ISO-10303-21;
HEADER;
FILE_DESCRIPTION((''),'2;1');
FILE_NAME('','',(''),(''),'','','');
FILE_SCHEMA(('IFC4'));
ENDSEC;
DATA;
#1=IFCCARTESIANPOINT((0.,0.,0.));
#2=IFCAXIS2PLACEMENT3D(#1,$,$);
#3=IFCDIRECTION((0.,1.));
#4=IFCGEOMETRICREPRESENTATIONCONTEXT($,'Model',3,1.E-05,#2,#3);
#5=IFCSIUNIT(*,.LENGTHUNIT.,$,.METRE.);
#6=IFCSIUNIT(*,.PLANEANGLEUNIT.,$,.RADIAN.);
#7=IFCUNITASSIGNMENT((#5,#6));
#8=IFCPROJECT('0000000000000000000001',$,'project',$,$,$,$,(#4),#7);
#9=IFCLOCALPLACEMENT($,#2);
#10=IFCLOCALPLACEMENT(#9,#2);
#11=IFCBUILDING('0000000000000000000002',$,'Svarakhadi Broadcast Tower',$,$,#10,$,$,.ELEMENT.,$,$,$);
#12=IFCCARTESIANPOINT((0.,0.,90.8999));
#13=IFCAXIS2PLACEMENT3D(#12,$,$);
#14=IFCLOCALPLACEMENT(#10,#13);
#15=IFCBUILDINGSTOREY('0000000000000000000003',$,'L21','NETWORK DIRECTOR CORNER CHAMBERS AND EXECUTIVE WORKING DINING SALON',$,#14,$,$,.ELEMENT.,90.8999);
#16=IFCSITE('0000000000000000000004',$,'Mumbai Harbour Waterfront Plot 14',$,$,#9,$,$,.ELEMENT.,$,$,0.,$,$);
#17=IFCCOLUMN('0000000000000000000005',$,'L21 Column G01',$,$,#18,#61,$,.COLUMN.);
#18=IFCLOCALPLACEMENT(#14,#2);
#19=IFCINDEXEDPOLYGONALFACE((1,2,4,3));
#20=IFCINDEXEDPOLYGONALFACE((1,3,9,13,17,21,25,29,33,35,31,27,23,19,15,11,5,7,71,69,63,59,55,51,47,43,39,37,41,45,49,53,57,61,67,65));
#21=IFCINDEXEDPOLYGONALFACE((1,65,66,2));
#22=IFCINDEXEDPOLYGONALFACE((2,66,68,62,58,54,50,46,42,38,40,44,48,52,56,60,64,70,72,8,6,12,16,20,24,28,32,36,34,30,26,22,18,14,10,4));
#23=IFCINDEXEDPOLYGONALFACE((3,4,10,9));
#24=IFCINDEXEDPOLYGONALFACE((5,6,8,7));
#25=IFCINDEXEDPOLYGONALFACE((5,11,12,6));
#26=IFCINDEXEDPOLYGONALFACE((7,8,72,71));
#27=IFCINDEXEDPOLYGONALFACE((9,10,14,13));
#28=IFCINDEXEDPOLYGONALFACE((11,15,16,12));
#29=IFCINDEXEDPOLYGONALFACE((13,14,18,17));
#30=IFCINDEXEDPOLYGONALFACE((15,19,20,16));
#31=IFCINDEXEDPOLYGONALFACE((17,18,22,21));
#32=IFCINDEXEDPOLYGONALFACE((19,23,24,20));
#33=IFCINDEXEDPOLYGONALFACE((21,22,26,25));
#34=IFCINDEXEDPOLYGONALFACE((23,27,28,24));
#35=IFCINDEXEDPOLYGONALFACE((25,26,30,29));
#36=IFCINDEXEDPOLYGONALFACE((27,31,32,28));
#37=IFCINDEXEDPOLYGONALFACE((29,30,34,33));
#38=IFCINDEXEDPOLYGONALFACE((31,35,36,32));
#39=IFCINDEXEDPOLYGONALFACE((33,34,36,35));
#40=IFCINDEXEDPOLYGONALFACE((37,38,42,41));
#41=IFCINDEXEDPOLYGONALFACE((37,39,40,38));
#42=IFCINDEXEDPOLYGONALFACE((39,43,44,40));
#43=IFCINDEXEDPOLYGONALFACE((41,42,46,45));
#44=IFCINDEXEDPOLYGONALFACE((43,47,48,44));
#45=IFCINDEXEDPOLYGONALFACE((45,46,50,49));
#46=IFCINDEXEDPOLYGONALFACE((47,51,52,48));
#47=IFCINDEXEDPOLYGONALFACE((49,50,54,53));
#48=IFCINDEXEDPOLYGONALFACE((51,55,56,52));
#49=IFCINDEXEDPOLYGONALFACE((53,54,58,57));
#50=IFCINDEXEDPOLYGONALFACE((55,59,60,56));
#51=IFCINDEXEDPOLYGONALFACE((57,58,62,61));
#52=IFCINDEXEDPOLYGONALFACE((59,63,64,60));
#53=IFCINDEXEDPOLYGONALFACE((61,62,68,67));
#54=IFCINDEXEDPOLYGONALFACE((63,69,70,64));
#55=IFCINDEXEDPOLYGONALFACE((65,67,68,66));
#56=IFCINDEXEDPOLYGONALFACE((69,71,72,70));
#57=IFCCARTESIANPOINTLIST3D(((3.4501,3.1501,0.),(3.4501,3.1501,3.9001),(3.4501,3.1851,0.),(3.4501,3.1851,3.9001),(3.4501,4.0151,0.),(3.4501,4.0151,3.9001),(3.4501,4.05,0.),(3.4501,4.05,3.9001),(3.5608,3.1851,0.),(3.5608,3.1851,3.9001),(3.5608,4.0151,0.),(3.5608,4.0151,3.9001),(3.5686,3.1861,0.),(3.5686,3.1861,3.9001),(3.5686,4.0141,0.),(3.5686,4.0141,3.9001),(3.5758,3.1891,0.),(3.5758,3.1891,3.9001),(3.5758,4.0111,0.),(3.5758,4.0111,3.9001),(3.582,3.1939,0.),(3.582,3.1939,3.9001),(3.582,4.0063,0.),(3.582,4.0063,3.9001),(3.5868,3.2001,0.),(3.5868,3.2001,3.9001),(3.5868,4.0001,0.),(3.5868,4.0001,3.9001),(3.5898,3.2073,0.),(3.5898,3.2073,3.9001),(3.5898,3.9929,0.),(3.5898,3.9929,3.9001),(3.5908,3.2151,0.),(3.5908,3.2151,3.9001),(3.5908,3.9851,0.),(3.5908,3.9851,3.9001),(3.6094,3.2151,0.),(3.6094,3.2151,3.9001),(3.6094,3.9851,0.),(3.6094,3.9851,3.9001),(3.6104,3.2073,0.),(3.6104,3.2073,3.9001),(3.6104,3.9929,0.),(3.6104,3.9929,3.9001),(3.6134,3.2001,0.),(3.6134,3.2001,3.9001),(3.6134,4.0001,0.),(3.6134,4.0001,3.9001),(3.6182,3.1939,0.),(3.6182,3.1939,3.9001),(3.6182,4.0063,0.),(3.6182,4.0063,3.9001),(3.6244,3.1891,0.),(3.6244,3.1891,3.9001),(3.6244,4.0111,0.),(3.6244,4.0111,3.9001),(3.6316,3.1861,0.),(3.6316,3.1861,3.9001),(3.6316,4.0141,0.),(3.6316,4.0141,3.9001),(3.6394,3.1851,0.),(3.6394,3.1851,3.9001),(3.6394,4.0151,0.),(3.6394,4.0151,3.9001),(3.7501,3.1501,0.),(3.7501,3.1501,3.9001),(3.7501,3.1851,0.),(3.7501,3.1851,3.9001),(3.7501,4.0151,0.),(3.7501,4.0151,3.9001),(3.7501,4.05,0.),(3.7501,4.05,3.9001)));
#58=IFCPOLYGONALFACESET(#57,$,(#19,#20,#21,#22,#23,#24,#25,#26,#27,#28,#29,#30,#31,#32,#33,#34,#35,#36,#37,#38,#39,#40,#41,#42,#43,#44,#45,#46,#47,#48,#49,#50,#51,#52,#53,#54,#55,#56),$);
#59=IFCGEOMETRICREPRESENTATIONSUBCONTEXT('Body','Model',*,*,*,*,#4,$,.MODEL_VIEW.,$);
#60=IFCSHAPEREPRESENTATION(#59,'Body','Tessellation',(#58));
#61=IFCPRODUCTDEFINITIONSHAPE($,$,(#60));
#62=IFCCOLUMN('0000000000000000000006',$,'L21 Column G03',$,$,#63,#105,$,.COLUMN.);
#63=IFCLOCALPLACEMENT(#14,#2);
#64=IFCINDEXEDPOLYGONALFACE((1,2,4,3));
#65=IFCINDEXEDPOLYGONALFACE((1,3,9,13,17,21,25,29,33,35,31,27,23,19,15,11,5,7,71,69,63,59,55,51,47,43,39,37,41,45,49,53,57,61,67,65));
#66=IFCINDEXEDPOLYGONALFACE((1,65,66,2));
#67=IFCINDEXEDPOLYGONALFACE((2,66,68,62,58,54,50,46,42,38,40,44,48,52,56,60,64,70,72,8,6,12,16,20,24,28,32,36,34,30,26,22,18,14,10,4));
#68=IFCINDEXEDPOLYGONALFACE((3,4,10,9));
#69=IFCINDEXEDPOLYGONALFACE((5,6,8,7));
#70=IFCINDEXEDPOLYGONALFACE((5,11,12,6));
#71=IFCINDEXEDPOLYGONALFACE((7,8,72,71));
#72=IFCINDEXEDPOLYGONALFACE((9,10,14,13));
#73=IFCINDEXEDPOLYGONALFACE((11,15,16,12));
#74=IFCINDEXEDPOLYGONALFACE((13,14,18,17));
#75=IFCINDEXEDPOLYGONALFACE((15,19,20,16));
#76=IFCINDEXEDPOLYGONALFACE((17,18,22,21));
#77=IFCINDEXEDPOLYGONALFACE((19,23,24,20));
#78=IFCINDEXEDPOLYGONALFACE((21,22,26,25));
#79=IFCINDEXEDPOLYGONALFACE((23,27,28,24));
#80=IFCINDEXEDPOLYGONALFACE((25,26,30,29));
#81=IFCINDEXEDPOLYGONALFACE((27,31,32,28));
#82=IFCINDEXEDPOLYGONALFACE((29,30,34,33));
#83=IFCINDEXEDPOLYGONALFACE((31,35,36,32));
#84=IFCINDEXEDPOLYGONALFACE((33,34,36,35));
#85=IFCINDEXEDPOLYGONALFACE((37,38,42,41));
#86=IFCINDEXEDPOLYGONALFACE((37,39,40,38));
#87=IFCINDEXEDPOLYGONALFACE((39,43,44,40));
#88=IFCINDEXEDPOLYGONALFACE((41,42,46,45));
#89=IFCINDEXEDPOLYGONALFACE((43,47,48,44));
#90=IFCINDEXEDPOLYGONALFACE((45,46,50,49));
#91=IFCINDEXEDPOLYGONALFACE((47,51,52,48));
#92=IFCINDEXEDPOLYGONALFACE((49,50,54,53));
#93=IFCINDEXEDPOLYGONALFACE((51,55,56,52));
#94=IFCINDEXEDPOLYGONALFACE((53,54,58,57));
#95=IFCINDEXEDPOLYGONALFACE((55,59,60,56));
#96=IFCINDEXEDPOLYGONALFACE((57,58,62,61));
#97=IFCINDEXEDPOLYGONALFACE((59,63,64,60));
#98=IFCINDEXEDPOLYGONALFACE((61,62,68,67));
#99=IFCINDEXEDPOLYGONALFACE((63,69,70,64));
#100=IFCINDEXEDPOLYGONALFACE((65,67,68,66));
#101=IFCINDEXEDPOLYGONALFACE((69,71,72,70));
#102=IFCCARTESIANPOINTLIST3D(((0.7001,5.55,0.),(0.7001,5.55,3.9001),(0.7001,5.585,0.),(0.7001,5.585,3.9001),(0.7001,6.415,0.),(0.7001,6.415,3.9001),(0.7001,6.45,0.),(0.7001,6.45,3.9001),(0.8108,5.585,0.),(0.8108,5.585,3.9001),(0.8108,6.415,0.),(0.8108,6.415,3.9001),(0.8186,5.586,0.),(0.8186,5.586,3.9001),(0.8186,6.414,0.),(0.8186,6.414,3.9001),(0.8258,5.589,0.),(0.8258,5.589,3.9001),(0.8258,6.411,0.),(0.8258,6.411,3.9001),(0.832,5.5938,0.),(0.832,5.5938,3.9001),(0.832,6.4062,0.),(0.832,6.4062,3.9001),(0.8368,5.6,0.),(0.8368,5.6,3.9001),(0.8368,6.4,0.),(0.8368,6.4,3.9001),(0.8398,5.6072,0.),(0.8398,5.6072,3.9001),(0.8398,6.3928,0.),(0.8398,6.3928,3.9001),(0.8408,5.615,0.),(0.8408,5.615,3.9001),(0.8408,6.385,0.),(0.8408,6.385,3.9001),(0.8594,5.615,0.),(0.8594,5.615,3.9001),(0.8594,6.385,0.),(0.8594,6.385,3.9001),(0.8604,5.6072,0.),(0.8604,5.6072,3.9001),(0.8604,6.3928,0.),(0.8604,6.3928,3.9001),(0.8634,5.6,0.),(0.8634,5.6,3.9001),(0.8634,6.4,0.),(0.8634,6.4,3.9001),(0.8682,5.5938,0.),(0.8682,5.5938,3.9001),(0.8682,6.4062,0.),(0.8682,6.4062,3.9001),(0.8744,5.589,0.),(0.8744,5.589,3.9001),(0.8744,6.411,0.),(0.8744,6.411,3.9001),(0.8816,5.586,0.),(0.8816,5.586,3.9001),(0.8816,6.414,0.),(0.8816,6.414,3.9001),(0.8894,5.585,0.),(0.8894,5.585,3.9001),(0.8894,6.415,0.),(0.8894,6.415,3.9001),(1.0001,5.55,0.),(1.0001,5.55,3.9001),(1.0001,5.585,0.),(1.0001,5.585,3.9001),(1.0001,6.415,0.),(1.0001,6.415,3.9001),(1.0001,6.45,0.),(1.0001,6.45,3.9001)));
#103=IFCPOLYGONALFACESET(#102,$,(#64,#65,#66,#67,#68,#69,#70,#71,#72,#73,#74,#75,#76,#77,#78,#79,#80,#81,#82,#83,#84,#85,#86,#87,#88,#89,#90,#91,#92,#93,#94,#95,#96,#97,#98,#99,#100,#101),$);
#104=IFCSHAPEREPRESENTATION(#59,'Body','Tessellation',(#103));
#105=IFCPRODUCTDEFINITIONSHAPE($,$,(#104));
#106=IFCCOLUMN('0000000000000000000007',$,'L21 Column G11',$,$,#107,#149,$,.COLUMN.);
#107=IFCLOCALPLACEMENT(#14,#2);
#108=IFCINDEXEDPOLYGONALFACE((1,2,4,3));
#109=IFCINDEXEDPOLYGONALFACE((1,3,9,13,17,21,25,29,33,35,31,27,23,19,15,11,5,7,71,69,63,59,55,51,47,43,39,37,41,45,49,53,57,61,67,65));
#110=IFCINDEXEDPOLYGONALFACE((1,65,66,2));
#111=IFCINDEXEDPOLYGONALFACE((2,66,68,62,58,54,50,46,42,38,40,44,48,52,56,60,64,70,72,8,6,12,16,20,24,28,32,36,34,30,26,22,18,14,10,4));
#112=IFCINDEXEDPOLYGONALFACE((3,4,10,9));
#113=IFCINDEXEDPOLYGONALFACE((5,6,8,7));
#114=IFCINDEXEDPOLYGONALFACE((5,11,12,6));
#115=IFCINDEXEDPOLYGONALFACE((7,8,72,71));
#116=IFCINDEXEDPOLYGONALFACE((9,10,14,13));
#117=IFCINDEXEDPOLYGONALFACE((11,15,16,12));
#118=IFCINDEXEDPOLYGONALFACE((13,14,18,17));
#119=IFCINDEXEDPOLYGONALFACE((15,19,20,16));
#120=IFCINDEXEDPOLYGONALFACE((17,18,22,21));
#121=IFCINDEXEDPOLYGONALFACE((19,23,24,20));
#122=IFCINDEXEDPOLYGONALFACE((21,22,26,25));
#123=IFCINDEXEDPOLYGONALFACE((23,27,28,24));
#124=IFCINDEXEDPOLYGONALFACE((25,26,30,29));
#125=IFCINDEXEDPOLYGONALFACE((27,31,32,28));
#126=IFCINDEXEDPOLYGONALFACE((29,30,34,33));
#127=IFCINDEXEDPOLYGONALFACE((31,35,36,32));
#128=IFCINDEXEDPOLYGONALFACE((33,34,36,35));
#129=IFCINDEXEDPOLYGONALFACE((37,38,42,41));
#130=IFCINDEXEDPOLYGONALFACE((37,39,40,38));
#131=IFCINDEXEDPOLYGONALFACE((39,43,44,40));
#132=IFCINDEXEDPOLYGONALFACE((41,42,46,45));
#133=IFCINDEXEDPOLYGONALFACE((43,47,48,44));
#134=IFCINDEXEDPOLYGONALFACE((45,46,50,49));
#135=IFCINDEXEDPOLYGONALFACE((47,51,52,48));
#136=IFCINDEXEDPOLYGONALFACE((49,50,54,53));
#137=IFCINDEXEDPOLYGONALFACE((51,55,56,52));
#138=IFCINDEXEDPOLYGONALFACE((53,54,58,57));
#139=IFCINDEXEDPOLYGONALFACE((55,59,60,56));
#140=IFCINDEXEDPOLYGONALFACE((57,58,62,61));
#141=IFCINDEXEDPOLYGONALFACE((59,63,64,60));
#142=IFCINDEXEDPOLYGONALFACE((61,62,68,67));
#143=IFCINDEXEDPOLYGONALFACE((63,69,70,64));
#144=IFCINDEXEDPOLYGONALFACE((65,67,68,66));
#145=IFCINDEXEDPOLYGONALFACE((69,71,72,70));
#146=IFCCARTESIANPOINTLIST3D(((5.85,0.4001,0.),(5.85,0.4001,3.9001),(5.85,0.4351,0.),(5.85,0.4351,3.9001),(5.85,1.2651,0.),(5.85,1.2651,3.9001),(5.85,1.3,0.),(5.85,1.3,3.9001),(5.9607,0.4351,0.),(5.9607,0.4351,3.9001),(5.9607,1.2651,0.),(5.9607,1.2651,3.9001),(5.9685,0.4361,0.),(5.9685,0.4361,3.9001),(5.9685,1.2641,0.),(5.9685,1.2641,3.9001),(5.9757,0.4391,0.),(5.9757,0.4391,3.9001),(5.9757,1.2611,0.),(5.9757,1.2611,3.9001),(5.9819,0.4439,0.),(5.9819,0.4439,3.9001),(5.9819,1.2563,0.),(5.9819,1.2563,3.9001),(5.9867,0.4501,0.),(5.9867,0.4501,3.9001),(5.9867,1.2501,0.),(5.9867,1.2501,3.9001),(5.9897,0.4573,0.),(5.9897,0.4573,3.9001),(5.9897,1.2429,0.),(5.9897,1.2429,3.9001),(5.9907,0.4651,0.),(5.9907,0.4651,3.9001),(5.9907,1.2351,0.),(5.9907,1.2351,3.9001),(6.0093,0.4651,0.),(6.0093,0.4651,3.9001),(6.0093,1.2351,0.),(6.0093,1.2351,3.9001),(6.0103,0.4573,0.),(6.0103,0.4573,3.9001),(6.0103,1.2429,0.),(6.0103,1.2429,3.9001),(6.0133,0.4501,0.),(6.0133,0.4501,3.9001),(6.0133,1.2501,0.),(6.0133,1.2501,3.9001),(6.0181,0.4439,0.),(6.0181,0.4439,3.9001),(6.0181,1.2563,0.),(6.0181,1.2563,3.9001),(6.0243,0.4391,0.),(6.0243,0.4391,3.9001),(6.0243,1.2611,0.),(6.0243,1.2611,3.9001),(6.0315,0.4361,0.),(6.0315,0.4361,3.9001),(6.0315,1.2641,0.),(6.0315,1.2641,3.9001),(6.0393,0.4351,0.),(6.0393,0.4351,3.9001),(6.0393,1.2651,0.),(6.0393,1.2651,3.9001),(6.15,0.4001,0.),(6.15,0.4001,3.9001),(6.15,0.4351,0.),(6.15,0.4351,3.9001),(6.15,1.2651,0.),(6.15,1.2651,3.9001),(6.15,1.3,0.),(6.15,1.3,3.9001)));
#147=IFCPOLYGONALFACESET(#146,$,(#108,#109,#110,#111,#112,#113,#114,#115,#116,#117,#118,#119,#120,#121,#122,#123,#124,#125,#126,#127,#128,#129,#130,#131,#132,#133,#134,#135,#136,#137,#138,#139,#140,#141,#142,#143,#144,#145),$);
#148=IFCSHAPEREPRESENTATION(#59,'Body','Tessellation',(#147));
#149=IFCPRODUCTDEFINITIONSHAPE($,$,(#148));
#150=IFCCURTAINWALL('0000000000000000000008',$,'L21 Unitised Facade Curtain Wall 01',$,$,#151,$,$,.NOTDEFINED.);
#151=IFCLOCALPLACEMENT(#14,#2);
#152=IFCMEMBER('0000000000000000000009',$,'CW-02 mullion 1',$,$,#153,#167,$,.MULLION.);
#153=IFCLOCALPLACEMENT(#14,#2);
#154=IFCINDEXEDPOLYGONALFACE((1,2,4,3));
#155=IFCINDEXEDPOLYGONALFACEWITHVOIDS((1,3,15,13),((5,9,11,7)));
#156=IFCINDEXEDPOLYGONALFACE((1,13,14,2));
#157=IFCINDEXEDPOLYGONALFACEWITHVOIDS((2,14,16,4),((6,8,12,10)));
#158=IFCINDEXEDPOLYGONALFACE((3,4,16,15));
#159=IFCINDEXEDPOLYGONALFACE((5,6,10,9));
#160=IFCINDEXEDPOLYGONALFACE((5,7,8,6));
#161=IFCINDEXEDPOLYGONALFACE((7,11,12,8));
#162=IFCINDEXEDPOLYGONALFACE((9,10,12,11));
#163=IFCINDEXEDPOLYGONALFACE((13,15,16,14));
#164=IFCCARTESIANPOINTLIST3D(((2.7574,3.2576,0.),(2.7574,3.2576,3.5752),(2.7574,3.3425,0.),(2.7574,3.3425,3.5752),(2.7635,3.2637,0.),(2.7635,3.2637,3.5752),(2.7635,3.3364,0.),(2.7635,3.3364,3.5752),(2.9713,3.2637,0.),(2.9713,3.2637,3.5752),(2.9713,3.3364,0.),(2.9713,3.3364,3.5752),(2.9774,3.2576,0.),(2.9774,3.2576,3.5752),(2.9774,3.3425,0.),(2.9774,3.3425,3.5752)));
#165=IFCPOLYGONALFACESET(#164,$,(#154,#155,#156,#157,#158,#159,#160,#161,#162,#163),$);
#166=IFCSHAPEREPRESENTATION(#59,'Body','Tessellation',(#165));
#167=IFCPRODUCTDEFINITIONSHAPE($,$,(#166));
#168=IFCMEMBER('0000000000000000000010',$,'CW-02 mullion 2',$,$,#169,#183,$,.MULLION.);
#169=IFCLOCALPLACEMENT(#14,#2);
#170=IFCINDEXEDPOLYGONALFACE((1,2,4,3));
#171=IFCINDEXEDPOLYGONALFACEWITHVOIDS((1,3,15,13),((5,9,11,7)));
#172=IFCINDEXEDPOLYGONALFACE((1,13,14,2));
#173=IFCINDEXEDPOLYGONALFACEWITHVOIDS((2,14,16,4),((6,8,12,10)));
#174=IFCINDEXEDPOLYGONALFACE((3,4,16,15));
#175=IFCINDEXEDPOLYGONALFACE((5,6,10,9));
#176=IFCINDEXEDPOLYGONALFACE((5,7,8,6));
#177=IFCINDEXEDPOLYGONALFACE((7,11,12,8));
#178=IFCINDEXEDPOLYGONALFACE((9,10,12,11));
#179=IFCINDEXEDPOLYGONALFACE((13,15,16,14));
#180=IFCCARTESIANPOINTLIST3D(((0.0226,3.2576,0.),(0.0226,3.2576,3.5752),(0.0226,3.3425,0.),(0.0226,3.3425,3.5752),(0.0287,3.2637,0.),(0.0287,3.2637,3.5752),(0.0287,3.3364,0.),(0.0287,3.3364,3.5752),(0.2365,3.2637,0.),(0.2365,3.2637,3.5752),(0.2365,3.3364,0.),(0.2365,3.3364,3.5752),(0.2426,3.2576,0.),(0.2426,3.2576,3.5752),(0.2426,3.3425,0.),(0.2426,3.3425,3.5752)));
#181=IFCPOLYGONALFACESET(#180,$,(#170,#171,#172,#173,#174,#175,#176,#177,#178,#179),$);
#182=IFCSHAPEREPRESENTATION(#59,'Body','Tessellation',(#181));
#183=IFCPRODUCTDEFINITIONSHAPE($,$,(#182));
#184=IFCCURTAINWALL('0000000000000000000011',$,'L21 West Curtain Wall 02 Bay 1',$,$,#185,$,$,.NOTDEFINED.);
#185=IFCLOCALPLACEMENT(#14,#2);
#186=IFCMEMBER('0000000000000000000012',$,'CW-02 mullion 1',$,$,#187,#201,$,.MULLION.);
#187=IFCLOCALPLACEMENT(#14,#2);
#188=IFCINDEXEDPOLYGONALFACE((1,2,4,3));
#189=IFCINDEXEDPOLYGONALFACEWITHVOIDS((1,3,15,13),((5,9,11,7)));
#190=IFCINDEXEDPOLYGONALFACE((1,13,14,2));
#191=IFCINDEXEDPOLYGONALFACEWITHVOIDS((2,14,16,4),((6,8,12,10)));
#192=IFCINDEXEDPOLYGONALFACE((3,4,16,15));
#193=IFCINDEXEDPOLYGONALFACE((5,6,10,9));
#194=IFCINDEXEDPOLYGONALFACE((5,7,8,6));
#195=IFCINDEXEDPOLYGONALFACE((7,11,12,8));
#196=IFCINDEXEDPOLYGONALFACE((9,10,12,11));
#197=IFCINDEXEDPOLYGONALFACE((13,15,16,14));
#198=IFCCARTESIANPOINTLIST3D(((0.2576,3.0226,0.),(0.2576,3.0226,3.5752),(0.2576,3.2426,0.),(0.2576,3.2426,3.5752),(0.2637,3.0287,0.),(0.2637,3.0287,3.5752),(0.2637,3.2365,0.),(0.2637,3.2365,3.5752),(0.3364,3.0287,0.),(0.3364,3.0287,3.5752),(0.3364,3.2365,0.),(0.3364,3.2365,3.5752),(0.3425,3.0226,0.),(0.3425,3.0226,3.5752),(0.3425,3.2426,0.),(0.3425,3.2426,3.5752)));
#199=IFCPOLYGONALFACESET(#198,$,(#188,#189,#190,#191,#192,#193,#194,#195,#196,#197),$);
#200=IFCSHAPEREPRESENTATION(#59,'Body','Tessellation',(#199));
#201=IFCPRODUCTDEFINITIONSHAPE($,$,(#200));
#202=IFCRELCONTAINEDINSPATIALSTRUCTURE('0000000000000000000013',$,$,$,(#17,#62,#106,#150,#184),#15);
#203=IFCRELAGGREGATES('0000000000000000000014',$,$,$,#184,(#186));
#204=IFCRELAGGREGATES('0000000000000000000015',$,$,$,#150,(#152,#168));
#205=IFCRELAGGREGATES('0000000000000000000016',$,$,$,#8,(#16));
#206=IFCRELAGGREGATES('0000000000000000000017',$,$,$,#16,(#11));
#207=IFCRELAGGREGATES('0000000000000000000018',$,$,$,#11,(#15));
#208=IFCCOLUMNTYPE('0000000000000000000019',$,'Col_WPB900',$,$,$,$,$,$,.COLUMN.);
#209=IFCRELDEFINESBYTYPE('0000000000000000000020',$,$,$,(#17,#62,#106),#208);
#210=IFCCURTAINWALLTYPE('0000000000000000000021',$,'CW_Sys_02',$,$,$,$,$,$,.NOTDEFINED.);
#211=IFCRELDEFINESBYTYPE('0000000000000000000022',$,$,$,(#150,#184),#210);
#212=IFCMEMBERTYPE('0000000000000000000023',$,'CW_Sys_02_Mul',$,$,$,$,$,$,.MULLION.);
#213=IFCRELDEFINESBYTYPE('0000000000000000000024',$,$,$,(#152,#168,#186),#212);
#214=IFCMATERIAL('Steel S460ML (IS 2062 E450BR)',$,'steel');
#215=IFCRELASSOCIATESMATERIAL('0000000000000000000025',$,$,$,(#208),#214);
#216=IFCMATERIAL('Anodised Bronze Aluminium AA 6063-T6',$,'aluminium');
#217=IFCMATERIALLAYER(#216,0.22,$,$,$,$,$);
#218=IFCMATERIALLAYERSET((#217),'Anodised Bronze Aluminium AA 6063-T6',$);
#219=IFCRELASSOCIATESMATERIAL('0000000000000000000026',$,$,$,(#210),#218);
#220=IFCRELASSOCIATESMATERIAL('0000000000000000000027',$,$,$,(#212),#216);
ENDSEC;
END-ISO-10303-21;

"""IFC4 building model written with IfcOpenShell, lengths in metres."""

from ifc_helpers import new_model, si_unit, direction, frame, origin, origin_2d, place, context, subcontext, project, spatial, hollow_rectangle, i_section, extrude, material, layer, layer_set, material_profile, profile_set, type_object, element, aggregate, save


model = new_model("IFC4")

# Units and contexts
model_context = context("Model", 3, precision=1e-05, world=origin(), true_north=direction((0.0, 1.0)))
body_context = subcontext(model_context, "Body", "Model", "MODEL_VIEW")
ifc_project = project(units=[si_unit("LENGTHUNIT", "METRE"), si_unit("PLANEANGLEUNIT", "RADIAN")], contexts=[model_context])

# Site, building, storey
site_placement = place(None, origin())
site = spatial("IfcSite", under=ifc_project, at=site_placement, Name="Mumbai Harbour Waterfront Plot 14", CompositionType="ELEMENT", RefElevation=0.0)
building_placement = place(site_placement, origin())
building = spatial("IfcBuilding", under=site, at=building_placement, Name="Svarakhadi Broadcast Tower", CompositionType="ELEMENT")
storey_placement = place(building_placement, frame((0.0, 0.0, 90.8999)))
storey = spatial("IfcBuildingStorey", under=building, at=storey_placement, Name="L21", Description="NETWORK DIRECTOR CORNER CHAMBERS AND EXECUTIVE WORKING DINING SALON", CompositionType="ELEMENT", Elevation=90.8999)

# Columns
ifc_material_1 = material(Name="Steel S460ML (IS 2062 E450BR)", Category="steel")
ifc_material_profile_1 = material_profile(ifc_material_1, i_section(OverallWidth=0.3, OverallDepth=0.8999, WebThickness=0.0186, FlangeThickness=0.0349, FilletRadius=0.03, at=origin_2d()), Name="WPB 900x300x291")
ifc_profile_set_1 = profile_set([ifc_material_profile_1], Name="Steel S460ML (IS 2062 E450BR)")
column_type = type_object("IfcColumnType", Name="Col_WPB900", PredefinedType="COLUMN", material=ifc_profile_set_1)
for number, where, z_axis, x_axis, name in (
    (1, (3.6001, 3.6001, 0.0), (0.0, 0.0, 1.0), (1.0, 0.0, 0.0), "L21 Column G01"),
    (2, (0.8501, 6.0, 0.0), (0.0, 0.0, 1.0), (1.0, 0.0, 0.0), "L21 Column G03"),
    (3, (6.0, 0.8501, 0.0), (0.0, 0.0, 1.0), (1.0, 0.0, 0.0), "L21 Column G11"),
):
    element("IfcColumn", number, at=place(storey_placement, frame(where, z_axis=z_axis, x_axis=x_axis)), inside=storey, type_object=column_type, Name=name, PredefinedType="COLUMN", context=body_context, shape_type="SweptSolid", body=[
        extrude(i_section(OverallWidth=0.3, OverallDepth=0.8999, WebThickness=0.0186, FlangeThickness=0.0349, FilletRadius=0.03, at=origin_2d()), origin(), (0.0, 0.0, 1.0), 3.9001),
    ])

# Curtain wall, members
ifc_material_2 = material(Name="Anodised Bronze Aluminium AA 6063-T6", Category="aluminium")
ifc_layer_1 = layer(ifc_material_2, 0.22)
ifc_layer_set_1 = layer_set([ifc_layer_1], Name="Anodised Bronze Aluminium AA 6063-T6")
curtain_wall_type = type_object("IfcCurtainWallType", Name="CW_Sys_02", PredefinedType="NOTDEFINED", material=ifc_layer_set_1)
curtain_wall_1_placement = place(storey_placement, origin())
curtain_wall_1 = element("IfcCurtainWall", 4, at=curtain_wall_1_placement, inside=storey, type_object=curtain_wall_type, Name="L21 Unitised Facade Curtain Wall 01", PredefinedType="NOTDEFINED")
ifc_material_profile_2 = material_profile(ifc_material_2, hollow_rectangle(XDim=0.085, YDim=0.22, WallThickness=0.0061, at=origin_2d()), Name="ALU MULLION 220x85x6")
ifc_profile_set_2 = profile_set([ifc_material_profile_2], Name="Anodised Bronze Aluminium AA 6063-T6")
member_type_1 = type_object("IfcMemberType", Name="CW_Sys_02_Mul", PredefinedType="MULLION", material=ifc_profile_set_2)
member_1_placement = place(storey_placement, frame((2.8674, 3.3, 0.0), z_axis=(0.0, 0.0, 1.0), x_axis=(0.0, -1.0, 0.0)))
member_1 = element("IfcMember", 5, at=member_1_placement, type_object=member_type_1, Name="CW-02 mullion 1", PredefinedType="MULLION", context=body_context, shape_type="SweptSolid", body=[
    extrude(hollow_rectangle(XDim=0.085, YDim=0.22, WallThickness=0.0061, at=origin_2d()), origin(), (0.0, 0.0, 1.0), 3.5752),
])
member_2_placement = place(storey_placement, frame((0.1326, 3.3, 0.0), z_axis=(0.0, 0.0, 1.0), x_axis=(0.0, -1.0, 0.0)))
member_2 = element("IfcMember", 6, at=member_2_placement, type_object=member_type_1, Name="CW-02 mullion 2", PredefinedType="MULLION", context=body_context, shape_type="SweptSolid", body=[
    extrude(hollow_rectangle(XDim=0.085, YDim=0.22, WallThickness=0.0061, at=origin_2d()), origin(), (0.0, 0.0, 1.0), 3.5752),
])

# Curtain wall, member
curtain_wall_2_placement = place(storey_placement, origin())
curtain_wall_2 = element("IfcCurtainWall", 7, at=curtain_wall_2_placement, inside=storey, type_object=curtain_wall_type, Name="L21 West Curtain Wall 02 Bay 1", PredefinedType="NOTDEFINED")
member_3_placement = place(storey_placement, frame((0.3, 3.1326, 0.0), z_axis=(0.0, 0.0, 1.0), x_axis=(-1.0, 0.0, 0.0)))
member_3 = element("IfcMember", 8, at=member_3_placement, type_object=member_type_1, Name="CW-02 mullion 1", PredefinedType="MULLION", context=body_context, shape_type="SweptSolid", body=[
    extrude(hollow_rectangle(XDim=0.085, YDim=0.22, WallThickness=0.0061, at=origin_2d()), origin(), (0.0, 0.0, 1.0), 3.5752),
])

aggregate(curtain_wall_2, [member_3])

aggregate(curtain_wall_1, [member_1, member_2])

save(model, "model.ifc")
